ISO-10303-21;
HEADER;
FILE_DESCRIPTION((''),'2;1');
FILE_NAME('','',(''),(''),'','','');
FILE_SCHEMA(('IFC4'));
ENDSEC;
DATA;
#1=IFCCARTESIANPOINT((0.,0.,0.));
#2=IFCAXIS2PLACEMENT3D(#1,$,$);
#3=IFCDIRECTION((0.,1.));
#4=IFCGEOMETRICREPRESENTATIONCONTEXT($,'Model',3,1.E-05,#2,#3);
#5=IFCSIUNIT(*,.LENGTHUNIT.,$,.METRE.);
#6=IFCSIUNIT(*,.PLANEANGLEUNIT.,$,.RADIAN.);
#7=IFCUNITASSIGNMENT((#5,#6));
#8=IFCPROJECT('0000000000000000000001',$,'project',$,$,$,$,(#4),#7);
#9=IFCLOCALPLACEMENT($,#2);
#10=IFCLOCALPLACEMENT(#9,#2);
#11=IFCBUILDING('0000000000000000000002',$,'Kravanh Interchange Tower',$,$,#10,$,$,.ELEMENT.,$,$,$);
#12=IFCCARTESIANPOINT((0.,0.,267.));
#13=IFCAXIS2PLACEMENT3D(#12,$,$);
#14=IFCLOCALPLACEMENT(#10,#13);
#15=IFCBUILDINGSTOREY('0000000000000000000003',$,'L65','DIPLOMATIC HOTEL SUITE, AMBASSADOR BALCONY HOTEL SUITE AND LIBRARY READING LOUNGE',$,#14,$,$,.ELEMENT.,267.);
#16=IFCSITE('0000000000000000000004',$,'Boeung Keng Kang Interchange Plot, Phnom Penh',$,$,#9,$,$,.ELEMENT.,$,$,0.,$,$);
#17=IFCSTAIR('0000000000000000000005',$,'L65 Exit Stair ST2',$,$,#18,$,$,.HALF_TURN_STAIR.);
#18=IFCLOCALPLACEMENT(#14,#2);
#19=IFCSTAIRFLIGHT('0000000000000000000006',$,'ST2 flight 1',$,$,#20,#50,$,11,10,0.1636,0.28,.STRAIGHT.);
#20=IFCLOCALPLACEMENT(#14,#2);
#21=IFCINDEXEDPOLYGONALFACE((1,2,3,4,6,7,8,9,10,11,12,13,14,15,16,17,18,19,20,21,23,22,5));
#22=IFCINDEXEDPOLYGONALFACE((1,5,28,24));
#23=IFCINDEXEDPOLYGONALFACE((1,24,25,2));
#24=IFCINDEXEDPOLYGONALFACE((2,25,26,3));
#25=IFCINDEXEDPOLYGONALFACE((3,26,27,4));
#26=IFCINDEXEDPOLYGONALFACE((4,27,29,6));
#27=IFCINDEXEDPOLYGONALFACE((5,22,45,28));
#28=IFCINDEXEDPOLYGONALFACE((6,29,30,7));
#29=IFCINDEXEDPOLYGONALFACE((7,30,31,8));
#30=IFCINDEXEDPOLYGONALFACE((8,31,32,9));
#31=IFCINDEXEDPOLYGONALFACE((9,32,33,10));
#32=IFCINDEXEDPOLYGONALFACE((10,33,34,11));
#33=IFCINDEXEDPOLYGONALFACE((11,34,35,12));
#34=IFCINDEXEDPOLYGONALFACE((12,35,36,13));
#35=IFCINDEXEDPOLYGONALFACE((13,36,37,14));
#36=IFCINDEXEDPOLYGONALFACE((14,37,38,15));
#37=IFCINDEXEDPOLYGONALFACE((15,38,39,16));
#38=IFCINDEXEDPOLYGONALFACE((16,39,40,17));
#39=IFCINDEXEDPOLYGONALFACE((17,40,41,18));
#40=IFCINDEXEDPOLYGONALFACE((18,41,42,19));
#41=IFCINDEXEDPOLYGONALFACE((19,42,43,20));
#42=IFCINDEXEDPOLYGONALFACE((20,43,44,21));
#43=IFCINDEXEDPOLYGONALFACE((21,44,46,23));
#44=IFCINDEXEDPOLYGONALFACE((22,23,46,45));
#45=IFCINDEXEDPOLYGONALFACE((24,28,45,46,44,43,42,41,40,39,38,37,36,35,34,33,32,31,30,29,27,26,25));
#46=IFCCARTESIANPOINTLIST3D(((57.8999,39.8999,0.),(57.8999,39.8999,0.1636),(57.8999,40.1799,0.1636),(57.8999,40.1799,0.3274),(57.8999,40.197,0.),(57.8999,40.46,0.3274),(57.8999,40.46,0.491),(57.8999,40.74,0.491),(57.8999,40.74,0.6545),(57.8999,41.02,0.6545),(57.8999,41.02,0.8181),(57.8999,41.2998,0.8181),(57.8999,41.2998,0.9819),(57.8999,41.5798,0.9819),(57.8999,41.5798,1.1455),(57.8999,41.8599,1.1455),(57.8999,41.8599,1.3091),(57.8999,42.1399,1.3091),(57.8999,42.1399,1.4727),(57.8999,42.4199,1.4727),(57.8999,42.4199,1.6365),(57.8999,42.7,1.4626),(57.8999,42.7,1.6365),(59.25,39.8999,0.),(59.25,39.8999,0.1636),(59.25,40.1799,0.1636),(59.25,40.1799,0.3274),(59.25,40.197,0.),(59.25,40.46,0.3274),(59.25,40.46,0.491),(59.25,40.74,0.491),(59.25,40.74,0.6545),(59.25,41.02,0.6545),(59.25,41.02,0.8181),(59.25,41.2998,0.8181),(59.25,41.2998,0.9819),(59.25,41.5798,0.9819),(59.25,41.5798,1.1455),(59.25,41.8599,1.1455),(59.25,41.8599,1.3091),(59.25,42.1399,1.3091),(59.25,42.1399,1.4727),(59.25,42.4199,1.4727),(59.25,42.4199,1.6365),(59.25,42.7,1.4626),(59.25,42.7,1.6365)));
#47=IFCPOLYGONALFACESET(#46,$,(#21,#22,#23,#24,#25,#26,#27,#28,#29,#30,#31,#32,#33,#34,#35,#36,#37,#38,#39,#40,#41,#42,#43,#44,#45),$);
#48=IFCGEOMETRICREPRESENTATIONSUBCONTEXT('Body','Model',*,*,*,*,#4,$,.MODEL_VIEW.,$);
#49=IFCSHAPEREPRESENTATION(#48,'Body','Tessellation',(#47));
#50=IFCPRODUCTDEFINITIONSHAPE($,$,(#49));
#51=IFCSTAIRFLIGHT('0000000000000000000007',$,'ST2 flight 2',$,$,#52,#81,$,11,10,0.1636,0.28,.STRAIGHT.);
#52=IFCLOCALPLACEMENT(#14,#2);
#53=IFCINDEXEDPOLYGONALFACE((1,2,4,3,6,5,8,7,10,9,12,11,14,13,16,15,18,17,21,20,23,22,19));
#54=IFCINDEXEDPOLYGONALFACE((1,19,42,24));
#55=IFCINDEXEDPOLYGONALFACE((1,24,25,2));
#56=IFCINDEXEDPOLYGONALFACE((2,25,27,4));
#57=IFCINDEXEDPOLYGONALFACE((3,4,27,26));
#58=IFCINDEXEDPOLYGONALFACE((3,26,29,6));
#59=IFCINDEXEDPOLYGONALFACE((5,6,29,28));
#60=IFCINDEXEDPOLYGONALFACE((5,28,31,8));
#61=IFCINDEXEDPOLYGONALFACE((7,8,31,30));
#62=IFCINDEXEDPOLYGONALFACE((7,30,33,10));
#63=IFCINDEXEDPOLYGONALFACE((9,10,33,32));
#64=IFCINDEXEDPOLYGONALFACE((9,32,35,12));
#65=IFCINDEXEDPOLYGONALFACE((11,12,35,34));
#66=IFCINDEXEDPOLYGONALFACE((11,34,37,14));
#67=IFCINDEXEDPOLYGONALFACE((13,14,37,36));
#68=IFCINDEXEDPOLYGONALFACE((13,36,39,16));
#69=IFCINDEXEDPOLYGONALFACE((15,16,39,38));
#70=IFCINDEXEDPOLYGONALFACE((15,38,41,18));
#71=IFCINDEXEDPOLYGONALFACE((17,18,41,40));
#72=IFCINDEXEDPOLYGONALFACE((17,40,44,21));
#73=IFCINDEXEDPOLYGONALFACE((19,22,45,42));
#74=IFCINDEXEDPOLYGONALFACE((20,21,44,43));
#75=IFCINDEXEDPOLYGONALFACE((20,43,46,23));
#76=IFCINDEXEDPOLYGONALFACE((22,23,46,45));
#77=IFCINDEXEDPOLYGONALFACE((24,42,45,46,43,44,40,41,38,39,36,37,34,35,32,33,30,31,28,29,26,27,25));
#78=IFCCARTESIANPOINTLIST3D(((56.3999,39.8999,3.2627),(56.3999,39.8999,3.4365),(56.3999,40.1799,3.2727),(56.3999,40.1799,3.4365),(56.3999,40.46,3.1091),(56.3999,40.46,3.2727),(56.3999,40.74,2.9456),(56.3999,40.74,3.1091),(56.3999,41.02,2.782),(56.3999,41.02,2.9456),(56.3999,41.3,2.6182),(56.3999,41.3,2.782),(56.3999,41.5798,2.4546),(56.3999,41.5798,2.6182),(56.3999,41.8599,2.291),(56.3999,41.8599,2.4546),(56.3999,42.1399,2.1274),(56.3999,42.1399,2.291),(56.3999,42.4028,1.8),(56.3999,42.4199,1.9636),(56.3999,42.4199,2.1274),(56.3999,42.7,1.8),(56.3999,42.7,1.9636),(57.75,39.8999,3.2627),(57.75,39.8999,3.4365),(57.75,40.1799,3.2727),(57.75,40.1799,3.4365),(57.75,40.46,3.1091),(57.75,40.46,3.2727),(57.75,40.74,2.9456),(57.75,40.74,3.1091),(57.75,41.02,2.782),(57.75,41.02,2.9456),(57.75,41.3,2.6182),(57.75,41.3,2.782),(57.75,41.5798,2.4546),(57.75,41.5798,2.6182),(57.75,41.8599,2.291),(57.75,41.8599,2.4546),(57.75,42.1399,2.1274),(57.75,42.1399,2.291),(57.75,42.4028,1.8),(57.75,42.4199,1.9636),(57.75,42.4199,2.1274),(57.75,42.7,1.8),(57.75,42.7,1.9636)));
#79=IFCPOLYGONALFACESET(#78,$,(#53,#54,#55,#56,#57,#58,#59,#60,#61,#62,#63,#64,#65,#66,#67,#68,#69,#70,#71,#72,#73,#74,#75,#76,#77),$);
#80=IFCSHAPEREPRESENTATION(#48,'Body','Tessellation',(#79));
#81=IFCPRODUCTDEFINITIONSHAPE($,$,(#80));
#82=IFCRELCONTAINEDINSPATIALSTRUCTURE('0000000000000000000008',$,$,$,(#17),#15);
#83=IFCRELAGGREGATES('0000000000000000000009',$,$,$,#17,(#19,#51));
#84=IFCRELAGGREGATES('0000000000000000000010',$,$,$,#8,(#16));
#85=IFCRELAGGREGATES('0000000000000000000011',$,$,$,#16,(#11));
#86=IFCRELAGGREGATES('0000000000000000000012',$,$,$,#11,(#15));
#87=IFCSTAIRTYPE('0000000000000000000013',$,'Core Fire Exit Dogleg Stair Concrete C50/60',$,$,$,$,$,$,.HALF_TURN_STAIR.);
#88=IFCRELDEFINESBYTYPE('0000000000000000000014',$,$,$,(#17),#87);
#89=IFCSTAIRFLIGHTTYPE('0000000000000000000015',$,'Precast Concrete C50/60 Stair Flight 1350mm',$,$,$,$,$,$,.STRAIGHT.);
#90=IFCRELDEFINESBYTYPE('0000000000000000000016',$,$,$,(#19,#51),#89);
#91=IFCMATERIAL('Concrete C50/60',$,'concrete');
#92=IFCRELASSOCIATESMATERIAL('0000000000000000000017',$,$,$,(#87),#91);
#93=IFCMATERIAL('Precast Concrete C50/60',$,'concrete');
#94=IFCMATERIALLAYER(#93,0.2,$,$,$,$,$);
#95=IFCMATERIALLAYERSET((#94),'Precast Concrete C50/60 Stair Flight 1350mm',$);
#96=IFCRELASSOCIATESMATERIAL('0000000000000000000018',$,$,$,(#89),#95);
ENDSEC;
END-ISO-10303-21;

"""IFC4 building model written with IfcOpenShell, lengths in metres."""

from ifc_helpers import new_model, si_unit, direction, frame, origin, place, context, subcontext, project, spatial, polyline, outline, extrude, material, layer, layer_set, type_object, element, aggregate, save


model = new_model("IFC4")

# Units and contexts
model_context = context("Model", 3, precision=1e-05, world=origin(), true_north=direction((0.0, 1.0)))
body_context = subcontext(model_context, "Body", "Model", "MODEL_VIEW")
ifc_project = project(units=[si_unit("LENGTHUNIT", "METRE"), si_unit("PLANEANGLEUNIT", "RADIAN")], contexts=[model_context])

# Site, building, storey
site_placement = place(None, origin())
site = spatial("IfcSite", under=ifc_project, at=site_placement, Name="Boeung Keng Kang Interchange Plot, Phnom Penh", CompositionType="ELEMENT", RefElevation=0.0)
building_placement = place(site_placement, origin())
building = spatial("IfcBuilding", under=site, at=building_placement, Name="Kravanh Interchange Tower", CompositionType="ELEMENT")
storey_placement = place(building_placement, frame((0.0, 0.0, 267.0)))
storey = spatial("IfcBuildingStorey", under=building, at=storey_placement, Name="L65", Description="DIPLOMATIC HOTEL SUITE, AMBASSADOR BALCONY HOTEL SUITE AND LIBRARY READING LOUNGE", CompositionType="ELEMENT", Elevation=267.0)

# Stair, stair flights
ifc_material_1 = material(Name="Concrete C50/60", Category="concrete")
stair_type = type_object("IfcStairType", Name="Core Fire Exit Dogleg Stair Concrete C50/60", PredefinedType="HALF_TURN_STAIR", material=ifc_material_1)
stair_placement = place(storey_placement, origin())
stair = element("IfcStair", 1, at=stair_placement, inside=storey, type_object=stair_type, Name="L65 Exit Stair ST2", PredefinedType="HALF_TURN_STAIR")
ifc_material_2 = material(Name="Precast Concrete C50/60", Category="concrete")
ifc_layer_1 = layer(ifc_material_2, 0.2)
ifc_layer_set_1 = layer_set([ifc_layer_1], Name="Precast Concrete C50/60 Stair Flight 1350mm")
stair_flight_type = type_object("IfcStairFlightType", Name="Precast Concrete C50/60 Stair Flight 1350mm", PredefinedType="STRAIGHT", material=ifc_layer_set_1)
stair_flight_1_placement = place(storey_placement, frame((58.575, 39.8999, 0.0), z_axis=(0.0, 0.0, 1.0), x_axis=(0.0, 1.0, 0.0)))
stair_flight_1 = element("IfcStairFlight", 2, at=stair_flight_1_placement, type_object=stair_flight_type, Name="ST2 flight 1", NumberOfRisers=11, NumberOfTreads=10, PredefinedType="STRAIGHT", RiserHeight=0.1636, TreadLength=0.28, context=body_context, shape_type="SweptSolid", body=[
    extrude(outline(polyline([(0.0, 0.0), (0.0, 0.1636), (0.28, 0.1636), (0.28, 0.3274), (0.5601, 0.3274), (0.5601, 0.491), (0.8401, 0.491), (0.8401, 0.6545), (1.1201, 0.6545), (1.1201, 0.8181), (1.3999, 0.8181), (1.3999, 0.9819), (1.6799, 0.9819), (1.6799, 1.1455), (1.96, 1.1455), (1.96, 1.3091), (2.24, 1.3091), (2.24, 1.4727), (2.52, 1.4727), (2.52, 1.6365), (2.8, 1.6365), (2.8, 1.8), (2.8, 1.4626), (0.2971, 0.0), (0.0, 0.0)])), frame((0.0, 0.675, 0.0), z_axis=(0.0, -1.0, 0.0), x_axis=(1.0, 0.0, 0.0)), (0.0, 0.0, 1.0), 1.3501),
])
stair_flight_2_placement = place(storey_placement, frame((57.075, 42.7, 1.8), z_axis=(0.0, 0.0, 1.0), x_axis=(0.0, -1.0, 0.0)))
stair_flight_2 = element("IfcStairFlight", 3, at=stair_flight_2_placement, type_object=stair_flight_type, Name="ST2 flight 2", NumberOfRisers=11, NumberOfTreads=10, PredefinedType="STRAIGHT", RiserHeight=0.1636, TreadLength=0.28, context=body_context, shape_type="SweptSolid", body=[
    extrude(outline(polyline([(0.0, 0.0), (0.0, 0.1636), (0.28, 0.1636), (0.28, 0.3274), (0.5601, 0.3274), (0.5601, 0.491), (0.8401, 0.491), (0.8401, 0.6545), (1.1201, 0.6545), (1.1201, 0.8181), (1.3999, 0.8181), (1.3999, 0.9819), (1.6799, 0.9819), (1.6799, 1.1455), (1.96, 1.1455), (1.96, 1.3091), (2.24, 1.3091), (2.24, 1.4727), (2.52, 1.4727), (2.52, 1.6365), (2.8, 1.6365), (2.8, 1.8), (2.8, 1.4626), (0.2971, 0.0), (0.0, 0.0)])), frame((0.0, 0.675, 0.0), z_axis=(0.0, -1.0, 0.0), x_axis=(1.0, 0.0, 0.0)), (0.0, 0.0, 1.0), 1.3501),
])
aggregate(stair, [stair_flight_1, stair_flight_2])

save(model, "model.ifc")
